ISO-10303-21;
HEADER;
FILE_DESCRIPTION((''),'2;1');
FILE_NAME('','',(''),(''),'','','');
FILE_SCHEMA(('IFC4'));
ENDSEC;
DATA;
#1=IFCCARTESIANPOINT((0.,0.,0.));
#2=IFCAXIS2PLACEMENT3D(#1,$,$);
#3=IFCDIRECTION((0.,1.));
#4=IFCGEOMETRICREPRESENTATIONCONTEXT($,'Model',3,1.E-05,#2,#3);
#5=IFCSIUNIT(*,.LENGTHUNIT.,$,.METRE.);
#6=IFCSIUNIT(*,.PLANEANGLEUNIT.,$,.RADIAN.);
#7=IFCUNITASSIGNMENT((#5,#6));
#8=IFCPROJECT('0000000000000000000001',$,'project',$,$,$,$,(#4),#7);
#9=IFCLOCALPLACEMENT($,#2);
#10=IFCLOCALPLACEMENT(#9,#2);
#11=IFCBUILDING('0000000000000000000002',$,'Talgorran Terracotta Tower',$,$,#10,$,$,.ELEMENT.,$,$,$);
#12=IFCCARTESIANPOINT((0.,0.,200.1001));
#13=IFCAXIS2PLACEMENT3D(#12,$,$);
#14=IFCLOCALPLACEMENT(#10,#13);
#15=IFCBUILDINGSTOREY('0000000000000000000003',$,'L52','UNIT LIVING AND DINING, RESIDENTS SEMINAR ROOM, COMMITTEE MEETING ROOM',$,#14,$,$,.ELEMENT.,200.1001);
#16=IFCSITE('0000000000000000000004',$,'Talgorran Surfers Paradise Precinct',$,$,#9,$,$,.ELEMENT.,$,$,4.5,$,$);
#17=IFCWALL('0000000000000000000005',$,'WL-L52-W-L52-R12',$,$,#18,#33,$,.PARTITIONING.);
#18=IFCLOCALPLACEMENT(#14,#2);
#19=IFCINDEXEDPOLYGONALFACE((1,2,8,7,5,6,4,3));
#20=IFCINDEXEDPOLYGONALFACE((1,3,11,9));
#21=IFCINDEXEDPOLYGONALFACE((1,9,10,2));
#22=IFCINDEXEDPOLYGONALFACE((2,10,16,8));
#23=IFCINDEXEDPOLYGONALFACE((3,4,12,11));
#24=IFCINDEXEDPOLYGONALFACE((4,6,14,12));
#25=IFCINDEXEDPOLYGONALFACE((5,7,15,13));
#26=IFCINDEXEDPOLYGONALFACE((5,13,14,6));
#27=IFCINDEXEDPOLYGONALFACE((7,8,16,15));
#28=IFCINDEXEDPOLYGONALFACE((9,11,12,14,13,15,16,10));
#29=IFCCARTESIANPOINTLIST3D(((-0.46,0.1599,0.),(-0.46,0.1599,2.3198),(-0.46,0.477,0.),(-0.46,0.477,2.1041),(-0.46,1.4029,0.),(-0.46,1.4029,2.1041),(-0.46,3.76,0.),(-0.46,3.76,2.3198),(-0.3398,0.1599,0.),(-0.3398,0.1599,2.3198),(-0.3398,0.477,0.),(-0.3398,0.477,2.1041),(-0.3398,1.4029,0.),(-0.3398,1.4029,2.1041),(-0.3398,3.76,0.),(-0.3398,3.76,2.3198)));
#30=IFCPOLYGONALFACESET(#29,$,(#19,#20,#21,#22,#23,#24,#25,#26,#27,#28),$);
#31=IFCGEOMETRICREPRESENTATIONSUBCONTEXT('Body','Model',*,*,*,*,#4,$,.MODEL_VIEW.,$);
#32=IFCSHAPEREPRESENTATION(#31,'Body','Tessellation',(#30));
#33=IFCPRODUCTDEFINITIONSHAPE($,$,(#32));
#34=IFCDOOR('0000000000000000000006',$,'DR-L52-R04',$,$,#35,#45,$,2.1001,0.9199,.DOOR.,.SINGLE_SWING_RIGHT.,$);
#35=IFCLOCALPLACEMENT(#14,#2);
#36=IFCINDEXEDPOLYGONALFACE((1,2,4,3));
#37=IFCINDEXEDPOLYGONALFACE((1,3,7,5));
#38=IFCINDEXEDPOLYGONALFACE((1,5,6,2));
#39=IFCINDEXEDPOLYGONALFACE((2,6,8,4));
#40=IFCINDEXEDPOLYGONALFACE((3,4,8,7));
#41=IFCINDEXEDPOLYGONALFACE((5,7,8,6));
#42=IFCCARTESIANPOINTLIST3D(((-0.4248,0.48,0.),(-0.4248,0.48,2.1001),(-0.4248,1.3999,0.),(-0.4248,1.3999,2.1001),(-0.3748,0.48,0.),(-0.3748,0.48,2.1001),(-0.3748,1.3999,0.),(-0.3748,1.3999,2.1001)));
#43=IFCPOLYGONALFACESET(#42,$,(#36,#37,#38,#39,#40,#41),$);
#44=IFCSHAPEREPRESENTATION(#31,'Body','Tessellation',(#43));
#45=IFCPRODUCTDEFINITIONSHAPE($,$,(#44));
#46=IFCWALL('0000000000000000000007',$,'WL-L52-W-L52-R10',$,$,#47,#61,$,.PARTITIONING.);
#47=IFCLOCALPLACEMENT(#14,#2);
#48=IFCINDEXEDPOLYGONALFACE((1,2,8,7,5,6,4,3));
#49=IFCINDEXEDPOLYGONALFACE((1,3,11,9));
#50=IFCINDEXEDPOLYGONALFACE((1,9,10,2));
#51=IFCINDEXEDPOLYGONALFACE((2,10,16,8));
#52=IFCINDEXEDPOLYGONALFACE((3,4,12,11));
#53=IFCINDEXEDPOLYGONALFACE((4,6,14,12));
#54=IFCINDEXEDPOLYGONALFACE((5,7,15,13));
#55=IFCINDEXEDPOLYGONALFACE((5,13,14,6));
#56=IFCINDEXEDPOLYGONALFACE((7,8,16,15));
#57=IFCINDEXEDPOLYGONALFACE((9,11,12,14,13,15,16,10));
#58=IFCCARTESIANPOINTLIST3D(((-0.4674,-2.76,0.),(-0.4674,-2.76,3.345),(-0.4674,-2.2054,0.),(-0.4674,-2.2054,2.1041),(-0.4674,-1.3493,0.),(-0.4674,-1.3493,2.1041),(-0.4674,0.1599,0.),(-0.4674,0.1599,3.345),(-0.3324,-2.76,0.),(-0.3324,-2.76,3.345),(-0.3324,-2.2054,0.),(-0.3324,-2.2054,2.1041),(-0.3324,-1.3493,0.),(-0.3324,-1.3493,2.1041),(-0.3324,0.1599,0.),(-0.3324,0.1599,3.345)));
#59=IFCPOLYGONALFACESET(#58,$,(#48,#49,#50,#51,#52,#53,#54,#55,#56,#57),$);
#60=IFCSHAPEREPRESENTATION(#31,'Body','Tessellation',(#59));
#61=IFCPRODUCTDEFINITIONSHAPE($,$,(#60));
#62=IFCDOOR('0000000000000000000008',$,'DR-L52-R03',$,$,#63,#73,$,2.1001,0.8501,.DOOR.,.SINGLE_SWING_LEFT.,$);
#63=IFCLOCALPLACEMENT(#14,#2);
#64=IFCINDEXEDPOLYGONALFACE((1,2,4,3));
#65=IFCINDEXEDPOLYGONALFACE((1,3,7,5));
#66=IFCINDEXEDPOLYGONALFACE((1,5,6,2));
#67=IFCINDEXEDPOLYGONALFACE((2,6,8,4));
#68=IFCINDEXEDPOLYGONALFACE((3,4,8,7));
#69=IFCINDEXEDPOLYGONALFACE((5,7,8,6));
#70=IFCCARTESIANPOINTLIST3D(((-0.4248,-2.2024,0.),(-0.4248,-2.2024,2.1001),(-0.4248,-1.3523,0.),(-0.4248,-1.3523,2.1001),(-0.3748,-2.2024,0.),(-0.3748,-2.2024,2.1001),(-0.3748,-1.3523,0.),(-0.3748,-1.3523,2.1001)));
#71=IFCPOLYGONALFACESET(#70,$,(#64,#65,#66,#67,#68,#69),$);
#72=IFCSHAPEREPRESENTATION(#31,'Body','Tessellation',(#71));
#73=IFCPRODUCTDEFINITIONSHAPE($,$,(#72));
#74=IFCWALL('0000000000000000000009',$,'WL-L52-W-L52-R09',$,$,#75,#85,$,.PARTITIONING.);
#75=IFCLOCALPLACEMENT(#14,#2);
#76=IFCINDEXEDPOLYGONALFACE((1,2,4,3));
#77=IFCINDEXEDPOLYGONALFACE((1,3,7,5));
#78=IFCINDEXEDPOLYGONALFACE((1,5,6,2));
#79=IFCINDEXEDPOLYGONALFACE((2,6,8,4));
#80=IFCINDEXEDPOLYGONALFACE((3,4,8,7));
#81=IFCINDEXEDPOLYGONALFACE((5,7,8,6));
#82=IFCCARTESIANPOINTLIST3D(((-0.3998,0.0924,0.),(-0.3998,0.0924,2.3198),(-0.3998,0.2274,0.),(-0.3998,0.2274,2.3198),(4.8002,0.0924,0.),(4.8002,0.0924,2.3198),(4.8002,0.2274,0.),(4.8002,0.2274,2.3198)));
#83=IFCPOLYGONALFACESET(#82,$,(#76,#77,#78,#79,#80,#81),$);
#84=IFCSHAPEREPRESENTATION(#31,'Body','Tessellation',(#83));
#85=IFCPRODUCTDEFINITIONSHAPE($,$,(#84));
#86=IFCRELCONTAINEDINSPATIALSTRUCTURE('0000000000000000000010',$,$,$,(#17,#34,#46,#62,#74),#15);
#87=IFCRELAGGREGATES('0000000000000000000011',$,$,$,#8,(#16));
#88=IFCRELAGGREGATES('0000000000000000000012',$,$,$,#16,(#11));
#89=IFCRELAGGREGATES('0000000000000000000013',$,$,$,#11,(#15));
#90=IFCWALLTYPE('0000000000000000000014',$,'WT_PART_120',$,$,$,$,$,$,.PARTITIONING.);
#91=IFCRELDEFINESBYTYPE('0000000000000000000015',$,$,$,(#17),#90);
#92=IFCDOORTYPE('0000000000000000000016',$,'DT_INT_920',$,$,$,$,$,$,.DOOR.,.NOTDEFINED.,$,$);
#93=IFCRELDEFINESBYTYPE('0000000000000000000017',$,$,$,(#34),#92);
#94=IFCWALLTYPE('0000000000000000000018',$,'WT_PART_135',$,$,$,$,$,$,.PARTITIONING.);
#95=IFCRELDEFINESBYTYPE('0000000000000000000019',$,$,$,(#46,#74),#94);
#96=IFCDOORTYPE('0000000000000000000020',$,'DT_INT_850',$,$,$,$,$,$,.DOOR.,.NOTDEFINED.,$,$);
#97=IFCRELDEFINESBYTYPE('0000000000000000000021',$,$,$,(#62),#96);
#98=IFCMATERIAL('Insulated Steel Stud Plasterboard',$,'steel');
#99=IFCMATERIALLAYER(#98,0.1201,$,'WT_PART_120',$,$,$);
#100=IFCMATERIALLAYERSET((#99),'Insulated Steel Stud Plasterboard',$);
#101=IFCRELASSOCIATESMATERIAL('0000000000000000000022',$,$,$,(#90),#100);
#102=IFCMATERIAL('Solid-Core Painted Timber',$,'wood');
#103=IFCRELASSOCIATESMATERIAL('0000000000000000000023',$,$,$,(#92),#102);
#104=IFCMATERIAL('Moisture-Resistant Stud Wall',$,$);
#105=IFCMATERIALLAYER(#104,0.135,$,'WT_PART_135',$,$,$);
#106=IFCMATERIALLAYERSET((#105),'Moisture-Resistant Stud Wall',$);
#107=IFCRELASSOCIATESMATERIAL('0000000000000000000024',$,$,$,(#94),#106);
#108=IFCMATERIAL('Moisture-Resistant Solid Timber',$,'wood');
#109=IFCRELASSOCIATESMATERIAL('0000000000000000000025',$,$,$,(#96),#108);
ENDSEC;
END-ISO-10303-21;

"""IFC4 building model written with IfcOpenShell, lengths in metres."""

from ifc_helpers import new_model, si_unit, direction, frame, frame_2d, origin, place, context, subcontext, project, spatial, rectangle, extrude, material, layer, layer_set, type_object, element, fill, save


model = new_model("IFC4")

# Units and contexts
model_context = context("Model", 3, precision=1e-05, world=origin(), true_north=direction((0.0, 1.0)))
body_context = subcontext(model_context, "Body", "Model", "MODEL_VIEW")
ifc_project = project(units=[si_unit("LENGTHUNIT", "METRE"), si_unit("PLANEANGLEUNIT", "RADIAN")], contexts=[model_context])

# Site, building, storey
site_placement = place(None, origin())
site = spatial("IfcSite", under=ifc_project, at=site_placement, Name="Talgorran Surfers Paradise Precinct", CompositionType="ELEMENT", RefElevation=4.5)
building_placement = place(site_placement, origin())
building = spatial("IfcBuilding", under=site, at=building_placement, Name="Talgorran Terracotta Tower", CompositionType="ELEMENT")
storey_placement = place(building_placement, frame((0.0, 0.0, 200.1001)))
storey = spatial("IfcBuildingStorey", under=building, at=storey_placement, Name="L52", Description="UNIT LIVING AND DINING, RESIDENTS SEMINAR ROOM, COMMITTEE MEETING ROOM", CompositionType="ELEMENT", Elevation=200.1001)

# Walls, openings, doors
ifc_material_1 = material(Name="Insulated Steel Stud Plasterboard", Category="steel")
ifc_layer_1 = layer(ifc_material_1, 0.1201, Name="WT_PART_120")
ifc_layer_set_1 = layer_set([ifc_layer_1], Name="Insulated Steel Stud Plasterboard")
wall_type_1 = type_object("IfcWallType", Name="WT_PART_120", PredefinedType="PARTITIONING", material=ifc_layer_set_1)
wall_1_placement = place(storey_placement, frame((-0.3999, 0.1599, 0.0), z_axis=(0.0, 0.0, 1.0), x_axis=(0.0, 1.0, 0.0)))
wall_1 = element("IfcWall", 1, at=wall_1_placement, inside=storey, type_object=wall_type_1, Name="WL-L52-W-L52-R12", PredefinedType="PARTITIONING", context=body_context, shape_type="SweptSolid", body=[
    extrude(rectangle(XDim=3.6001, YDim=0.1201, at=frame_2d((1.8, 0.0))), origin(), (0.0, 0.0, 1.0), 2.3198),
])
opening_1_placement = place(wall_1_placement, frame((0.3201, 0.0, 0.0)))
opening_1 = element("IfcOpeningElement", 2, at=opening_1_placement, cuts=wall_1, PredefinedType="OPENING", context=body_context, shape_type="SweptSolid", body=[
    extrude(rectangle(XDim=0.9259, YDim=2.1041, at=frame_2d((0.46, 1.052))), frame((0.0, 0.0701, 0.0), z_axis=(0.0, -1.0, 0.0), x_axis=(1.0, 0.0, 0.0)), (0.0, 0.0, 1.0), 0.1401),
])
ifc_material_2 = material(Name="Solid-Core Painted Timber", Category="wood")
door_type_1 = type_object("IfcDoorType", Name="DT_INT_920", OperationType="NOTDEFINED", PredefinedType="DOOR", material=ifc_material_2)
door_1_placement = place(opening_1_placement, origin())
door_1 = element("IfcDoor", 3, at=door_1_placement, inside=storey, type_object=door_type_1, Name="DR-L52-R04", OperationType="SINGLE_SWING_RIGHT", OverallHeight=2.1001, OverallWidth=0.9199, PredefinedType="DOOR", context=body_context, shape_type="SweptSolid", body=[
    extrude(rectangle(XDim=0.9199, YDim=2.1001, at=frame_2d((0.46, 1.05))), frame((0.0, 0.0249, 0.0), z_axis=(0.0, -1.0, 0.0), x_axis=(1.0, 0.0, 0.0)), (0.0, 0.0, 1.0), 0.05),
])
fill(opening_1, door_1)
ifc_material_3 = material(Name="Moisture-Resistant Stud Wall")
ifc_layer_2 = layer(ifc_material_3, 0.135, Name="WT_PART_135")
ifc_layer_set_2 = layer_set([ifc_layer_2], Name="Moisture-Resistant Stud Wall")
wall_type_2 = type_object("IfcWallType", Name="WT_PART_135", PredefinedType="PARTITIONING", material=ifc_layer_set_2)
wall_2_placement = place(storey_placement, frame((-0.3999, -2.76, 0.0), z_axis=(0.0, 0.0, 1.0), x_axis=(0.0, 1.0, 0.0)))
wall_2 = element("IfcWall", 4, at=wall_2_placement, inside=storey, type_object=wall_type_2, Name="WL-L52-W-L52-R10", PredefinedType="PARTITIONING", context=body_context, shape_type="SweptSolid", body=[
    extrude(rectangle(XDim=2.9199, YDim=0.135, at=frame_2d((1.46, 0.0))), origin(), (0.0, 0.0, 1.0), 3.345),
])
opening_2_placement = place(wall_2_placement, frame((0.5576, 0.0, 0.0)))
opening_2 = element("IfcOpeningElement", 5, at=opening_2_placement, cuts=wall_2, PredefinedType="OPENING", context=body_context, shape_type="SweptSolid", body=[
    extrude(rectangle(XDim=0.8561, YDim=2.1041, at=frame_2d((0.425, 1.052))), frame((0.0, 0.0776, 0.0), z_axis=(0.0, -1.0, 0.0), x_axis=(1.0, 0.0, 0.0)), (0.0, 0.0, 1.0), 0.155),
])
ifc_material_4 = material(Name="Moisture-Resistant Solid Timber", Category="wood")
door_type_2 = type_object("IfcDoorType", Name="DT_INT_850", OperationType="NOTDEFINED", PredefinedType="DOOR", material=ifc_material_4)
door_2_placement = place(opening_2_placement, origin())
door_2 = element("IfcDoor", 6, at=door_2_placement, inside=storey, type_object=door_type_2, Name="DR-L52-R03", OperationType="SINGLE_SWING_LEFT", OverallHeight=2.1001, OverallWidth=0.8501, PredefinedType="DOOR", context=body_context, shape_type="SweptSolid", body=[
    extrude(rectangle(XDim=0.8501, YDim=2.1001, at=frame_2d((0.425, 1.05))), frame((0.0, 0.0249, 0.0), z_axis=(0.0, -1.0, 0.0), x_axis=(1.0, 0.0, 0.0)), (0.0, 0.0, 1.0), 0.05),
])
fill(opening_2, door_2)

# Wall
wall_3_placement = place(storey_placement, frame((-0.3999, 0.1599, 0.0), z_axis=(0.0, 0.0, 1.0), x_axis=(1.0, 0.0, 0.0)))
element("IfcWall", 7, at=wall_3_placement, inside=storey, type_object=wall_type_2, Name="WL-L52-W-L52-R09", PredefinedType="PARTITIONING", context=body_context, shape_type="SweptSolid", body=[
    extrude(rectangle(XDim=5.2, YDim=0.135, at=frame_2d((2.6001, 0.0))), origin(), (0.0, 0.0, 1.0), 2.3198),
])

save(model, "model.ifc")
